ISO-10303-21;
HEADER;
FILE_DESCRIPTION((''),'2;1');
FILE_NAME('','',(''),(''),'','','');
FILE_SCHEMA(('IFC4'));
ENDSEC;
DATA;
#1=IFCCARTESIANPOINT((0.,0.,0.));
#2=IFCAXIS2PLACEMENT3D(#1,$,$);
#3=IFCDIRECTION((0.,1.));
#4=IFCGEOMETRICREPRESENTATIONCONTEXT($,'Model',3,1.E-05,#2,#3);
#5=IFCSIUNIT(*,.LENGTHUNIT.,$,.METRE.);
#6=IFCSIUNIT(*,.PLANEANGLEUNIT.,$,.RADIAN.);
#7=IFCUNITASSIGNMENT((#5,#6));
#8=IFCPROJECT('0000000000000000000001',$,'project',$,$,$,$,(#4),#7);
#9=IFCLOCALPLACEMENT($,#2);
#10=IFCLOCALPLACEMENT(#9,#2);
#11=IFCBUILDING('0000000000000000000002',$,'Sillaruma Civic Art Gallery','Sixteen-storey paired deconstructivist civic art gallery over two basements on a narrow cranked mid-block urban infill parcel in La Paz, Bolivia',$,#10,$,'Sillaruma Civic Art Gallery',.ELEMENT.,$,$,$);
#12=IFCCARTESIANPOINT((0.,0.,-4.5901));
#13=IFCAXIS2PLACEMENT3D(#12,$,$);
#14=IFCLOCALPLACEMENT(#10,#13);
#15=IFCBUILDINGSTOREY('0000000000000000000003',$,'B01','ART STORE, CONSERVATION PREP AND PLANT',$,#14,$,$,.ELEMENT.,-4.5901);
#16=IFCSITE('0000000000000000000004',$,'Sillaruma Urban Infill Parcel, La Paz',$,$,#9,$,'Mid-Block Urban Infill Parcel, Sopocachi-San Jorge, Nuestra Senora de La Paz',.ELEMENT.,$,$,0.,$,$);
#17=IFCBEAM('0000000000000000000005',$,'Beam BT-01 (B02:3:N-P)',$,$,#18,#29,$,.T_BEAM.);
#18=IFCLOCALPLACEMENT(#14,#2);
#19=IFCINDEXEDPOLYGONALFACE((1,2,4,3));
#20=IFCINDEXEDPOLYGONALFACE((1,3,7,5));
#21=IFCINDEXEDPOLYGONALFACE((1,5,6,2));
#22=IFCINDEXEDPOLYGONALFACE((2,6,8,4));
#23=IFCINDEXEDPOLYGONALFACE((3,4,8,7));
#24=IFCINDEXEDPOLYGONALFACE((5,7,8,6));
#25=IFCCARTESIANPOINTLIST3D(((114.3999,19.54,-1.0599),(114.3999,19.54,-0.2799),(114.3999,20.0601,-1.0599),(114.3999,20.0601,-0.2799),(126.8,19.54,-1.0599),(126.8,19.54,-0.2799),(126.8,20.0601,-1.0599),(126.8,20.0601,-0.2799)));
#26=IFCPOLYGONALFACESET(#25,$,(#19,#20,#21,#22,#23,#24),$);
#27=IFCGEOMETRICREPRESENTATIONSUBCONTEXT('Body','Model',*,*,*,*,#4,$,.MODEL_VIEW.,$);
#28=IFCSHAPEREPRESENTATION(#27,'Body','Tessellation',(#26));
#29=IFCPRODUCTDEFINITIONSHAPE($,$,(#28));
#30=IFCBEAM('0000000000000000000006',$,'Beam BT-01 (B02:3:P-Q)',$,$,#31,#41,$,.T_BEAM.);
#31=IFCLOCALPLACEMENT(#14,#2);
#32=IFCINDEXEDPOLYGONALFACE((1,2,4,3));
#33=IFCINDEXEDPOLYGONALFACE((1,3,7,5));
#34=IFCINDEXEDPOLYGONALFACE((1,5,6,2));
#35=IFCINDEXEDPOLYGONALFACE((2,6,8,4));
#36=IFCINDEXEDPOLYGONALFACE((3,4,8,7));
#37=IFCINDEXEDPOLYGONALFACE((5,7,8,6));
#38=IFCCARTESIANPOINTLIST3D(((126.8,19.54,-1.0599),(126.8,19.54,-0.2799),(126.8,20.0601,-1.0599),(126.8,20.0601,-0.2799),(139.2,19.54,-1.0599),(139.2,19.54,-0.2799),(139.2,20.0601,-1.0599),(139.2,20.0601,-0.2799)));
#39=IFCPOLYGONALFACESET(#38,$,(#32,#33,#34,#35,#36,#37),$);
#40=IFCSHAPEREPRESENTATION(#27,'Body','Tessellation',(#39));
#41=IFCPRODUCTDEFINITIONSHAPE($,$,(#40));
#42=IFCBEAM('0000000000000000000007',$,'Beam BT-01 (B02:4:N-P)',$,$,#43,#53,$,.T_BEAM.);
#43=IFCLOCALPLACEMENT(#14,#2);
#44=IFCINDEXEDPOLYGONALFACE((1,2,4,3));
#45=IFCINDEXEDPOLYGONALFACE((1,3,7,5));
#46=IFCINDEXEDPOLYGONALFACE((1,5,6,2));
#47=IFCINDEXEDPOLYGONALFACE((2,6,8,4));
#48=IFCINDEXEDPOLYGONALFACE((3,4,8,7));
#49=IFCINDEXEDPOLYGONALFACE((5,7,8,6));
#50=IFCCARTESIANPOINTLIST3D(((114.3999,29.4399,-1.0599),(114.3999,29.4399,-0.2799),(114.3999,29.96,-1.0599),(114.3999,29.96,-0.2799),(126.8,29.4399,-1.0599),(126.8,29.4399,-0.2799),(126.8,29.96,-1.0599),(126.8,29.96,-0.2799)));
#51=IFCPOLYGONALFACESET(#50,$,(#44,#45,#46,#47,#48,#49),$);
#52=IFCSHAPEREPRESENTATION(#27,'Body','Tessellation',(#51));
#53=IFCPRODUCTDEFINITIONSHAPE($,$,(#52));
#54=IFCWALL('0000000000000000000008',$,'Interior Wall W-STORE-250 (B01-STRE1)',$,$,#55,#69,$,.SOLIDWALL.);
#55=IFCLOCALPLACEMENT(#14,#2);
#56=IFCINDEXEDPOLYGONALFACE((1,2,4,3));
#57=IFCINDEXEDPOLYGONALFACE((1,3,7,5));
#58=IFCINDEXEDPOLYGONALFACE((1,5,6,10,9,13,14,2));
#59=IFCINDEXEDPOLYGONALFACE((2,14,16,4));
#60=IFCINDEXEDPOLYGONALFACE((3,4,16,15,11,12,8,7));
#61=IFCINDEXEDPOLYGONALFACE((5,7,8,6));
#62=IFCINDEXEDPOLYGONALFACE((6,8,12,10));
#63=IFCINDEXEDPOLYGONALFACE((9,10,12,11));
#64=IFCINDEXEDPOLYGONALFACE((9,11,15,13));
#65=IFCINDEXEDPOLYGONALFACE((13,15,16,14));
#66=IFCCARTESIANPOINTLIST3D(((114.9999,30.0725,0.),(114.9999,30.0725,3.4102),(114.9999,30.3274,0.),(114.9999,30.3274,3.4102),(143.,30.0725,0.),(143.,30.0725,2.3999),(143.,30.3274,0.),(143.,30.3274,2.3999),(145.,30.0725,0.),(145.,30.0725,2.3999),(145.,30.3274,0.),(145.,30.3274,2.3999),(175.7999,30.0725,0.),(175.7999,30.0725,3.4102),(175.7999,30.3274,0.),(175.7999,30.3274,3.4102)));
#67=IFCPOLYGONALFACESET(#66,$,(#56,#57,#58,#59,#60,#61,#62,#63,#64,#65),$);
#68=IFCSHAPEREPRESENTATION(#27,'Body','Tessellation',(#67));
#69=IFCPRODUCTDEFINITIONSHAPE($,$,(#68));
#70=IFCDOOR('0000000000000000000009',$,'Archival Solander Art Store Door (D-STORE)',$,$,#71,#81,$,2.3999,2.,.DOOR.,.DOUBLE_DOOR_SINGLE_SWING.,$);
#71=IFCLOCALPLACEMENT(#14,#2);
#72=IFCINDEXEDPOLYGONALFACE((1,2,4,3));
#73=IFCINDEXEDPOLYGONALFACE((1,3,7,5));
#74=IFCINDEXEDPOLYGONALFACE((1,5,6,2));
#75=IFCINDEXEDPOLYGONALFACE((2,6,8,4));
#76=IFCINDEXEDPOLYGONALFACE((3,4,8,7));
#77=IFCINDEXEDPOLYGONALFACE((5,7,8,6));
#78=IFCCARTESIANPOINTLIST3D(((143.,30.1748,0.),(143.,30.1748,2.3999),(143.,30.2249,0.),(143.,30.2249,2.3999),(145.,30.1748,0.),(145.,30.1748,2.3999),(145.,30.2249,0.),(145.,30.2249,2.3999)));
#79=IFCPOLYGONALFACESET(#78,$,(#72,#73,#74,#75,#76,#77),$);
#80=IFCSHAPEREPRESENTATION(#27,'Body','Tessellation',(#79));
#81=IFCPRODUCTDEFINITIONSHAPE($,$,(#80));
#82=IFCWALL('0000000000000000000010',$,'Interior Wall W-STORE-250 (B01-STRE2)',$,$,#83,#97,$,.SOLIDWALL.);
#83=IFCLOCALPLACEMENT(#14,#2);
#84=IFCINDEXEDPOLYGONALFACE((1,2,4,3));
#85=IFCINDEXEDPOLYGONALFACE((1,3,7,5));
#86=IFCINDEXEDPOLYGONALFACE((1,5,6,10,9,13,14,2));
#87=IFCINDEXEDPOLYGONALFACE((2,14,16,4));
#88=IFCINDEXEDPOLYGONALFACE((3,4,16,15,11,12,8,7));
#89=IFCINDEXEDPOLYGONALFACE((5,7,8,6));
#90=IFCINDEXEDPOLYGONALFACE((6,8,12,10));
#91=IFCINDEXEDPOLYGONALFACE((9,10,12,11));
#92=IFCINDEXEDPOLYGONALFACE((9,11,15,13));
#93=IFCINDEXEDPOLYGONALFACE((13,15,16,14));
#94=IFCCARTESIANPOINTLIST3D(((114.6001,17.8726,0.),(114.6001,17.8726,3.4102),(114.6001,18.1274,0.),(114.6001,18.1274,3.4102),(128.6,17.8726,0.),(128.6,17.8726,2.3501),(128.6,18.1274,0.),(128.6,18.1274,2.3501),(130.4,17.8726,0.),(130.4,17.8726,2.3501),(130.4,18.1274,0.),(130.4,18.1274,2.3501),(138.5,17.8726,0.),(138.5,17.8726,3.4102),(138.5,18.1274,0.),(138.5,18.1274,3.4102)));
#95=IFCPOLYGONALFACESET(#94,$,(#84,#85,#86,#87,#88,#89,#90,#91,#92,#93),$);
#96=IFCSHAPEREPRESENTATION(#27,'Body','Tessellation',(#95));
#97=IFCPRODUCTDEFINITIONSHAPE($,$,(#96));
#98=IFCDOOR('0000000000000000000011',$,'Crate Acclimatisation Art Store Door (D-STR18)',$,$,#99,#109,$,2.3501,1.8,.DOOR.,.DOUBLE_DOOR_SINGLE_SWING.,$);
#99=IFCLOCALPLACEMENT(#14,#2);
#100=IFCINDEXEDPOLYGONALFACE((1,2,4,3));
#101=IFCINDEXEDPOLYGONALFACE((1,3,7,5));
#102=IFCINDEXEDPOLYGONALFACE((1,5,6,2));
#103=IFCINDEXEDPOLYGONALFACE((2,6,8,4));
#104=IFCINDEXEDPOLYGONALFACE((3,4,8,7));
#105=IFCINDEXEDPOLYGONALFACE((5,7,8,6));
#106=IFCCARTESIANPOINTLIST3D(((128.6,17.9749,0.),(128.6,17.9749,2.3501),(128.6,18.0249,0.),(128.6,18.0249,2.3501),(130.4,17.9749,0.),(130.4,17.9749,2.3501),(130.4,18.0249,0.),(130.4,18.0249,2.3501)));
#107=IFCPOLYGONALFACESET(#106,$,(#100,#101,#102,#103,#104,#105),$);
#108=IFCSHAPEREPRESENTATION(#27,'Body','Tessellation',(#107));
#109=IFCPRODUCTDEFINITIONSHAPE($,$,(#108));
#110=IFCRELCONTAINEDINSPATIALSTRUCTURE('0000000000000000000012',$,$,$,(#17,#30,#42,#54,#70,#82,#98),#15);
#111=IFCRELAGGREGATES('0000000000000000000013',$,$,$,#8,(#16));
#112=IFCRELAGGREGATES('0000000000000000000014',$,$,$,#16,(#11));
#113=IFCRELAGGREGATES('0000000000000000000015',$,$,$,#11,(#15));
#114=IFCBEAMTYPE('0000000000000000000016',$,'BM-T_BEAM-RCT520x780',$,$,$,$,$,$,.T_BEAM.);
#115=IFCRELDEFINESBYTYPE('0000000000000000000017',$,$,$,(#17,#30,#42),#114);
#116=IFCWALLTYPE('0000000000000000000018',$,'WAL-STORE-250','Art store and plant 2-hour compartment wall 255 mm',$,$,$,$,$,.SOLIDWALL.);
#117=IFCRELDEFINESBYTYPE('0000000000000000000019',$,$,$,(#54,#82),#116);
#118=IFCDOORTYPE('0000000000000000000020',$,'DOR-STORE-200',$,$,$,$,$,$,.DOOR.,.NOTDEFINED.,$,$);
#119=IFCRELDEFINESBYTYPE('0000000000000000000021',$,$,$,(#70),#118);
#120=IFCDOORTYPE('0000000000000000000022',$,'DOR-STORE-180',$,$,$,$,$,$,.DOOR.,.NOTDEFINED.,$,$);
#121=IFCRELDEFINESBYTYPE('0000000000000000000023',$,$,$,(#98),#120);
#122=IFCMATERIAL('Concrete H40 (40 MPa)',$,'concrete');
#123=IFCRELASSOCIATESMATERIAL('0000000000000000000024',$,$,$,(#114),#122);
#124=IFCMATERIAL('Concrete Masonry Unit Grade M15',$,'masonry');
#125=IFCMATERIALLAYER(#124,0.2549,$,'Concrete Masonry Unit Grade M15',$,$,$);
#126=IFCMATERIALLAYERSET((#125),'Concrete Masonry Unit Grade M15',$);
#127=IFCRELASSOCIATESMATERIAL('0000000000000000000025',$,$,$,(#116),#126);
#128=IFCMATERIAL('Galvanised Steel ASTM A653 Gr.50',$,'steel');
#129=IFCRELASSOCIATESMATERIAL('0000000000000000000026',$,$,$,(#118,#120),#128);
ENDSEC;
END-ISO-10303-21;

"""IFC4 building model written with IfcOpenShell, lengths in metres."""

from ifc_helpers import new_model, si_unit, direction, frame, frame_2d, origin, origin_2d, place, context, subcontext, project, spatial, rectangle, extrude, material, layer, layer_set, material_profile, profile_set, type_object, element, fill, save


model = new_model("IFC4")

# Units and contexts
model_context = context("Model", 3, precision=1e-05, world=origin(), true_north=direction((0.0, 1.0)))
body_context = subcontext(model_context, "Body", "Model", "MODEL_VIEW")
ifc_project = project(units=[si_unit("LENGTHUNIT", "METRE"), si_unit("PLANEANGLEUNIT", "RADIAN")], contexts=[model_context])

# Site, building, storey
site_placement = place(None, origin())
site = spatial("IfcSite", under=ifc_project, at=site_placement, Name="Sillaruma Urban Infill Parcel, La Paz", LongName="Mid-Block Urban Infill Parcel, Sopocachi-San Jorge, Nuestra Senora de La Paz", CompositionType="ELEMENT", RefElevation=0.0)
building_placement = place(site_placement, origin())
building = spatial("IfcBuilding", under=site, at=building_placement, Name="Sillaruma Civic Art Gallery", Description="Sixteen-storey paired deconstructivist civic art gallery over two basements on a narrow cranked mid-block urban infill parcel in La Paz, Bolivia", LongName="Sillaruma Civic Art Gallery", CompositionType="ELEMENT")
storey_placement = place(building_placement, frame((0.0, 0.0, -4.5901)))
storey = spatial("IfcBuildingStorey", under=building, at=storey_placement, Name="B01", Description="ART STORE, CONSERVATION PREP AND PLANT", CompositionType="ELEMENT", Elevation=-4.5901)

# Shared definitions
ifc_material_1 = material(Name="Concrete H40 (40 MPa)", Category="concrete")

# Beams
ifc_material_profile_1 = material_profile(ifc_material_1, rectangle(XDim=0.52, YDim=0.78, at=origin_2d()), Name="RCT520x780")
ifc_profile_set_1 = profile_set([ifc_material_profile_1], Name="Concrete H40 (40 MPa)")
beam_type_1 = type_object("IfcBeamType", Name="BM-T_BEAM-RCT520x780", PredefinedType="T_BEAM", material=ifc_profile_set_1)
beam_1_placement = place(storey_placement, frame((114.3999, 19.8, -0.6699), z_axis=(1.0, 0.0, 0.0), x_axis=(0.0, 1.0, 0.0)))
element("IfcBeam", 1, at=beam_1_placement, inside=storey, type_object=beam_type_1, Name="Beam BT-01 (B02:3:N-P)", PredefinedType="T_BEAM", context=body_context, shape_type="SweptSolid", body=[
    extrude(rectangle(XDim=0.52, YDim=0.78, at=origin_2d()), origin(), (0.0, 0.0, 1.0), 12.4001),
])
beam_2_placement = place(storey_placement, frame((126.8, 19.8, -0.6699), z_axis=(1.0, 0.0, 0.0), x_axis=(0.0, 1.0, 0.0)))
element("IfcBeam", 2, at=beam_2_placement, inside=storey, type_object=beam_type_1, Name="Beam BT-01 (B02:3:P-Q)", PredefinedType="T_BEAM", context=body_context, shape_type="SweptSolid", body=[
    extrude(rectangle(XDim=0.52, YDim=0.78, at=origin_2d()), origin(), (0.0, 0.0, 1.0), 12.3999),
])
beam_3_placement = place(storey_placement, frame((114.3999, 29.7, -0.6699), z_axis=(1.0, 0.0, 0.0), x_axis=(0.0, 1.0, 0.0)))
element("IfcBeam", 3, at=beam_3_placement, inside=storey, type_object=beam_type_1, Name="Beam BT-01 (B02:4:N-P)", PredefinedType="T_BEAM", context=body_context, shape_type="SweptSolid", body=[
    extrude(rectangle(XDim=0.52, YDim=0.78, at=origin_2d()), origin(), (0.0, 0.0, 1.0), 12.4001),
])

# Walls, openings, doors
ifc_material_2 = material(Name="Concrete Masonry Unit Grade M15", Category="masonry")
ifc_layer = layer(ifc_material_2, 0.2549, Name="Concrete Masonry Unit Grade M15")
ifc_layer_set = layer_set([ifc_layer], Name="Concrete Masonry Unit Grade M15")
wall_type = type_object("IfcWallType", Name="WAL-STORE-250", Description="Art store and plant 2-hour compartment wall 255 mm", PredefinedType="SOLIDWALL", material=ifc_layer_set)
wall_1_placement = place(storey_placement, frame((115.0, 30.2, 0.0), z_axis=(0.0, 0.0, 1.0), x_axis=(1.0, 0.0, 0.0)))
wall_1 = element("IfcWall", 4, at=wall_1_placement, inside=storey, type_object=wall_type, Name="Interior Wall W-STORE-250 (B01-STRE1)", PredefinedType="SOLIDWALL", context=body_context, shape_type="SweptSolid", body=[
    extrude(rectangle(XDim=60.8, YDim=0.2549, at=frame_2d((30.3999, 0.0))), origin(), (0.0, 0.0, 1.0), 3.4102),
])
opening_1_placement = place(wall_1_placement, frame((28.0, 0.0, 0.0)))
opening_1 = element("IfcOpeningElement", 5, at=opening_1_placement, cuts=wall_1, PredefinedType="OPENING", context=body_context, shape_type="SweptSolid", body=[
    extrude(rectangle(XDim=2.0, YDim=2.3999, at=frame_2d((1.0, 1.2))), frame((0.0, 0.1375, 0.0), z_axis=(0.0, -1.0, 0.0), x_axis=(1.0, 0.0, 0.0)), (0.0, 0.0, 1.0), 0.2749),
])
ifc_material_3 = material(Name="Galvanised Steel ASTM A653 Gr.50", Category="steel")
door_type_1 = type_object("IfcDoorType", Name="DOR-STORE-200", OperationType="NOTDEFINED", PredefinedType="DOOR", material=ifc_material_3)
door_1_placement = place(opening_1_placement, origin())
door_1 = element("IfcDoor", 6, at=door_1_placement, inside=storey, type_object=door_type_1, Name="Archival Solander Art Store Door (D-STORE)", OperationType="DOUBLE_DOOR_SINGLE_SWING", OverallHeight=2.3999, OverallWidth=2.0, PredefinedType="DOOR", context=body_context, shape_type="SweptSolid", body=[
    extrude(rectangle(XDim=2.0, YDim=2.3999, at=frame_2d((1.0, 1.2))), frame((0.0, 0.0249, 0.0), z_axis=(0.0, -1.0, 0.0), x_axis=(1.0, 0.0, 0.0)), (0.0, 0.0, 1.0), 0.05),
])
fill(opening_1, door_1)
wall_2_placement = place(storey_placement, frame((114.6001, 18.0, 0.0), z_axis=(0.0, 0.0, 1.0), x_axis=(1.0, 0.0, 0.0)))
wall_2 = element("IfcWall", 7, at=wall_2_placement, inside=storey, type_object=wall_type, Name="Interior Wall W-STORE-250 (B01-STRE2)", PredefinedType="SOLIDWALL", context=body_context, shape_type="SweptSolid", body=[
    extrude(rectangle(XDim=23.8999, YDim=0.2549, at=frame_2d((11.95, 0.0))), origin(), (0.0, 0.0, 1.0), 3.4102),
])
opening_2_placement = place(wall_2_placement, frame((14.0, 0.0, 0.0)))
opening_2 = element("IfcOpeningElement", 8, at=opening_2_placement, cuts=wall_2, PredefinedType="OPENING", context=body_context, shape_type="SweptSolid", body=[
    extrude(rectangle(XDim=1.8, YDim=2.3501, at=frame_2d((0.8999, 1.175))), frame((0.0, 0.1375, 0.0), z_axis=(0.0, -1.0, 0.0), x_axis=(1.0, 0.0, 0.0)), (0.0, 0.0, 1.0), 0.2749),
])
door_type_2 = type_object("IfcDoorType", Name="DOR-STORE-180", OperationType="NOTDEFINED", PredefinedType="DOOR", material=ifc_material_3)
door_2_placement = place(opening_2_placement, origin())
door_2 = element("IfcDoor", 9, at=door_2_placement, inside=storey, type_object=door_type_2, Name="Crate Acclimatisation Art Store Door (D-STR18)", OperationType="DOUBLE_DOOR_SINGLE_SWING", OverallHeight=2.3501, OverallWidth=1.8, PredefinedType="DOOR", context=body_context, shape_type="SweptSolid", body=[
    extrude(rectangle(XDim=1.8, YDim=2.3501, at=frame_2d((0.8999, 1.175))), frame((0.0, 0.0249, 0.0), z_axis=(0.0, -1.0, 0.0), x_axis=(1.0, 0.0, 0.0)), (0.0, 0.0, 1.0), 0.05),
])
fill(opening_2, door_2)

save(model, "model.ifc")
